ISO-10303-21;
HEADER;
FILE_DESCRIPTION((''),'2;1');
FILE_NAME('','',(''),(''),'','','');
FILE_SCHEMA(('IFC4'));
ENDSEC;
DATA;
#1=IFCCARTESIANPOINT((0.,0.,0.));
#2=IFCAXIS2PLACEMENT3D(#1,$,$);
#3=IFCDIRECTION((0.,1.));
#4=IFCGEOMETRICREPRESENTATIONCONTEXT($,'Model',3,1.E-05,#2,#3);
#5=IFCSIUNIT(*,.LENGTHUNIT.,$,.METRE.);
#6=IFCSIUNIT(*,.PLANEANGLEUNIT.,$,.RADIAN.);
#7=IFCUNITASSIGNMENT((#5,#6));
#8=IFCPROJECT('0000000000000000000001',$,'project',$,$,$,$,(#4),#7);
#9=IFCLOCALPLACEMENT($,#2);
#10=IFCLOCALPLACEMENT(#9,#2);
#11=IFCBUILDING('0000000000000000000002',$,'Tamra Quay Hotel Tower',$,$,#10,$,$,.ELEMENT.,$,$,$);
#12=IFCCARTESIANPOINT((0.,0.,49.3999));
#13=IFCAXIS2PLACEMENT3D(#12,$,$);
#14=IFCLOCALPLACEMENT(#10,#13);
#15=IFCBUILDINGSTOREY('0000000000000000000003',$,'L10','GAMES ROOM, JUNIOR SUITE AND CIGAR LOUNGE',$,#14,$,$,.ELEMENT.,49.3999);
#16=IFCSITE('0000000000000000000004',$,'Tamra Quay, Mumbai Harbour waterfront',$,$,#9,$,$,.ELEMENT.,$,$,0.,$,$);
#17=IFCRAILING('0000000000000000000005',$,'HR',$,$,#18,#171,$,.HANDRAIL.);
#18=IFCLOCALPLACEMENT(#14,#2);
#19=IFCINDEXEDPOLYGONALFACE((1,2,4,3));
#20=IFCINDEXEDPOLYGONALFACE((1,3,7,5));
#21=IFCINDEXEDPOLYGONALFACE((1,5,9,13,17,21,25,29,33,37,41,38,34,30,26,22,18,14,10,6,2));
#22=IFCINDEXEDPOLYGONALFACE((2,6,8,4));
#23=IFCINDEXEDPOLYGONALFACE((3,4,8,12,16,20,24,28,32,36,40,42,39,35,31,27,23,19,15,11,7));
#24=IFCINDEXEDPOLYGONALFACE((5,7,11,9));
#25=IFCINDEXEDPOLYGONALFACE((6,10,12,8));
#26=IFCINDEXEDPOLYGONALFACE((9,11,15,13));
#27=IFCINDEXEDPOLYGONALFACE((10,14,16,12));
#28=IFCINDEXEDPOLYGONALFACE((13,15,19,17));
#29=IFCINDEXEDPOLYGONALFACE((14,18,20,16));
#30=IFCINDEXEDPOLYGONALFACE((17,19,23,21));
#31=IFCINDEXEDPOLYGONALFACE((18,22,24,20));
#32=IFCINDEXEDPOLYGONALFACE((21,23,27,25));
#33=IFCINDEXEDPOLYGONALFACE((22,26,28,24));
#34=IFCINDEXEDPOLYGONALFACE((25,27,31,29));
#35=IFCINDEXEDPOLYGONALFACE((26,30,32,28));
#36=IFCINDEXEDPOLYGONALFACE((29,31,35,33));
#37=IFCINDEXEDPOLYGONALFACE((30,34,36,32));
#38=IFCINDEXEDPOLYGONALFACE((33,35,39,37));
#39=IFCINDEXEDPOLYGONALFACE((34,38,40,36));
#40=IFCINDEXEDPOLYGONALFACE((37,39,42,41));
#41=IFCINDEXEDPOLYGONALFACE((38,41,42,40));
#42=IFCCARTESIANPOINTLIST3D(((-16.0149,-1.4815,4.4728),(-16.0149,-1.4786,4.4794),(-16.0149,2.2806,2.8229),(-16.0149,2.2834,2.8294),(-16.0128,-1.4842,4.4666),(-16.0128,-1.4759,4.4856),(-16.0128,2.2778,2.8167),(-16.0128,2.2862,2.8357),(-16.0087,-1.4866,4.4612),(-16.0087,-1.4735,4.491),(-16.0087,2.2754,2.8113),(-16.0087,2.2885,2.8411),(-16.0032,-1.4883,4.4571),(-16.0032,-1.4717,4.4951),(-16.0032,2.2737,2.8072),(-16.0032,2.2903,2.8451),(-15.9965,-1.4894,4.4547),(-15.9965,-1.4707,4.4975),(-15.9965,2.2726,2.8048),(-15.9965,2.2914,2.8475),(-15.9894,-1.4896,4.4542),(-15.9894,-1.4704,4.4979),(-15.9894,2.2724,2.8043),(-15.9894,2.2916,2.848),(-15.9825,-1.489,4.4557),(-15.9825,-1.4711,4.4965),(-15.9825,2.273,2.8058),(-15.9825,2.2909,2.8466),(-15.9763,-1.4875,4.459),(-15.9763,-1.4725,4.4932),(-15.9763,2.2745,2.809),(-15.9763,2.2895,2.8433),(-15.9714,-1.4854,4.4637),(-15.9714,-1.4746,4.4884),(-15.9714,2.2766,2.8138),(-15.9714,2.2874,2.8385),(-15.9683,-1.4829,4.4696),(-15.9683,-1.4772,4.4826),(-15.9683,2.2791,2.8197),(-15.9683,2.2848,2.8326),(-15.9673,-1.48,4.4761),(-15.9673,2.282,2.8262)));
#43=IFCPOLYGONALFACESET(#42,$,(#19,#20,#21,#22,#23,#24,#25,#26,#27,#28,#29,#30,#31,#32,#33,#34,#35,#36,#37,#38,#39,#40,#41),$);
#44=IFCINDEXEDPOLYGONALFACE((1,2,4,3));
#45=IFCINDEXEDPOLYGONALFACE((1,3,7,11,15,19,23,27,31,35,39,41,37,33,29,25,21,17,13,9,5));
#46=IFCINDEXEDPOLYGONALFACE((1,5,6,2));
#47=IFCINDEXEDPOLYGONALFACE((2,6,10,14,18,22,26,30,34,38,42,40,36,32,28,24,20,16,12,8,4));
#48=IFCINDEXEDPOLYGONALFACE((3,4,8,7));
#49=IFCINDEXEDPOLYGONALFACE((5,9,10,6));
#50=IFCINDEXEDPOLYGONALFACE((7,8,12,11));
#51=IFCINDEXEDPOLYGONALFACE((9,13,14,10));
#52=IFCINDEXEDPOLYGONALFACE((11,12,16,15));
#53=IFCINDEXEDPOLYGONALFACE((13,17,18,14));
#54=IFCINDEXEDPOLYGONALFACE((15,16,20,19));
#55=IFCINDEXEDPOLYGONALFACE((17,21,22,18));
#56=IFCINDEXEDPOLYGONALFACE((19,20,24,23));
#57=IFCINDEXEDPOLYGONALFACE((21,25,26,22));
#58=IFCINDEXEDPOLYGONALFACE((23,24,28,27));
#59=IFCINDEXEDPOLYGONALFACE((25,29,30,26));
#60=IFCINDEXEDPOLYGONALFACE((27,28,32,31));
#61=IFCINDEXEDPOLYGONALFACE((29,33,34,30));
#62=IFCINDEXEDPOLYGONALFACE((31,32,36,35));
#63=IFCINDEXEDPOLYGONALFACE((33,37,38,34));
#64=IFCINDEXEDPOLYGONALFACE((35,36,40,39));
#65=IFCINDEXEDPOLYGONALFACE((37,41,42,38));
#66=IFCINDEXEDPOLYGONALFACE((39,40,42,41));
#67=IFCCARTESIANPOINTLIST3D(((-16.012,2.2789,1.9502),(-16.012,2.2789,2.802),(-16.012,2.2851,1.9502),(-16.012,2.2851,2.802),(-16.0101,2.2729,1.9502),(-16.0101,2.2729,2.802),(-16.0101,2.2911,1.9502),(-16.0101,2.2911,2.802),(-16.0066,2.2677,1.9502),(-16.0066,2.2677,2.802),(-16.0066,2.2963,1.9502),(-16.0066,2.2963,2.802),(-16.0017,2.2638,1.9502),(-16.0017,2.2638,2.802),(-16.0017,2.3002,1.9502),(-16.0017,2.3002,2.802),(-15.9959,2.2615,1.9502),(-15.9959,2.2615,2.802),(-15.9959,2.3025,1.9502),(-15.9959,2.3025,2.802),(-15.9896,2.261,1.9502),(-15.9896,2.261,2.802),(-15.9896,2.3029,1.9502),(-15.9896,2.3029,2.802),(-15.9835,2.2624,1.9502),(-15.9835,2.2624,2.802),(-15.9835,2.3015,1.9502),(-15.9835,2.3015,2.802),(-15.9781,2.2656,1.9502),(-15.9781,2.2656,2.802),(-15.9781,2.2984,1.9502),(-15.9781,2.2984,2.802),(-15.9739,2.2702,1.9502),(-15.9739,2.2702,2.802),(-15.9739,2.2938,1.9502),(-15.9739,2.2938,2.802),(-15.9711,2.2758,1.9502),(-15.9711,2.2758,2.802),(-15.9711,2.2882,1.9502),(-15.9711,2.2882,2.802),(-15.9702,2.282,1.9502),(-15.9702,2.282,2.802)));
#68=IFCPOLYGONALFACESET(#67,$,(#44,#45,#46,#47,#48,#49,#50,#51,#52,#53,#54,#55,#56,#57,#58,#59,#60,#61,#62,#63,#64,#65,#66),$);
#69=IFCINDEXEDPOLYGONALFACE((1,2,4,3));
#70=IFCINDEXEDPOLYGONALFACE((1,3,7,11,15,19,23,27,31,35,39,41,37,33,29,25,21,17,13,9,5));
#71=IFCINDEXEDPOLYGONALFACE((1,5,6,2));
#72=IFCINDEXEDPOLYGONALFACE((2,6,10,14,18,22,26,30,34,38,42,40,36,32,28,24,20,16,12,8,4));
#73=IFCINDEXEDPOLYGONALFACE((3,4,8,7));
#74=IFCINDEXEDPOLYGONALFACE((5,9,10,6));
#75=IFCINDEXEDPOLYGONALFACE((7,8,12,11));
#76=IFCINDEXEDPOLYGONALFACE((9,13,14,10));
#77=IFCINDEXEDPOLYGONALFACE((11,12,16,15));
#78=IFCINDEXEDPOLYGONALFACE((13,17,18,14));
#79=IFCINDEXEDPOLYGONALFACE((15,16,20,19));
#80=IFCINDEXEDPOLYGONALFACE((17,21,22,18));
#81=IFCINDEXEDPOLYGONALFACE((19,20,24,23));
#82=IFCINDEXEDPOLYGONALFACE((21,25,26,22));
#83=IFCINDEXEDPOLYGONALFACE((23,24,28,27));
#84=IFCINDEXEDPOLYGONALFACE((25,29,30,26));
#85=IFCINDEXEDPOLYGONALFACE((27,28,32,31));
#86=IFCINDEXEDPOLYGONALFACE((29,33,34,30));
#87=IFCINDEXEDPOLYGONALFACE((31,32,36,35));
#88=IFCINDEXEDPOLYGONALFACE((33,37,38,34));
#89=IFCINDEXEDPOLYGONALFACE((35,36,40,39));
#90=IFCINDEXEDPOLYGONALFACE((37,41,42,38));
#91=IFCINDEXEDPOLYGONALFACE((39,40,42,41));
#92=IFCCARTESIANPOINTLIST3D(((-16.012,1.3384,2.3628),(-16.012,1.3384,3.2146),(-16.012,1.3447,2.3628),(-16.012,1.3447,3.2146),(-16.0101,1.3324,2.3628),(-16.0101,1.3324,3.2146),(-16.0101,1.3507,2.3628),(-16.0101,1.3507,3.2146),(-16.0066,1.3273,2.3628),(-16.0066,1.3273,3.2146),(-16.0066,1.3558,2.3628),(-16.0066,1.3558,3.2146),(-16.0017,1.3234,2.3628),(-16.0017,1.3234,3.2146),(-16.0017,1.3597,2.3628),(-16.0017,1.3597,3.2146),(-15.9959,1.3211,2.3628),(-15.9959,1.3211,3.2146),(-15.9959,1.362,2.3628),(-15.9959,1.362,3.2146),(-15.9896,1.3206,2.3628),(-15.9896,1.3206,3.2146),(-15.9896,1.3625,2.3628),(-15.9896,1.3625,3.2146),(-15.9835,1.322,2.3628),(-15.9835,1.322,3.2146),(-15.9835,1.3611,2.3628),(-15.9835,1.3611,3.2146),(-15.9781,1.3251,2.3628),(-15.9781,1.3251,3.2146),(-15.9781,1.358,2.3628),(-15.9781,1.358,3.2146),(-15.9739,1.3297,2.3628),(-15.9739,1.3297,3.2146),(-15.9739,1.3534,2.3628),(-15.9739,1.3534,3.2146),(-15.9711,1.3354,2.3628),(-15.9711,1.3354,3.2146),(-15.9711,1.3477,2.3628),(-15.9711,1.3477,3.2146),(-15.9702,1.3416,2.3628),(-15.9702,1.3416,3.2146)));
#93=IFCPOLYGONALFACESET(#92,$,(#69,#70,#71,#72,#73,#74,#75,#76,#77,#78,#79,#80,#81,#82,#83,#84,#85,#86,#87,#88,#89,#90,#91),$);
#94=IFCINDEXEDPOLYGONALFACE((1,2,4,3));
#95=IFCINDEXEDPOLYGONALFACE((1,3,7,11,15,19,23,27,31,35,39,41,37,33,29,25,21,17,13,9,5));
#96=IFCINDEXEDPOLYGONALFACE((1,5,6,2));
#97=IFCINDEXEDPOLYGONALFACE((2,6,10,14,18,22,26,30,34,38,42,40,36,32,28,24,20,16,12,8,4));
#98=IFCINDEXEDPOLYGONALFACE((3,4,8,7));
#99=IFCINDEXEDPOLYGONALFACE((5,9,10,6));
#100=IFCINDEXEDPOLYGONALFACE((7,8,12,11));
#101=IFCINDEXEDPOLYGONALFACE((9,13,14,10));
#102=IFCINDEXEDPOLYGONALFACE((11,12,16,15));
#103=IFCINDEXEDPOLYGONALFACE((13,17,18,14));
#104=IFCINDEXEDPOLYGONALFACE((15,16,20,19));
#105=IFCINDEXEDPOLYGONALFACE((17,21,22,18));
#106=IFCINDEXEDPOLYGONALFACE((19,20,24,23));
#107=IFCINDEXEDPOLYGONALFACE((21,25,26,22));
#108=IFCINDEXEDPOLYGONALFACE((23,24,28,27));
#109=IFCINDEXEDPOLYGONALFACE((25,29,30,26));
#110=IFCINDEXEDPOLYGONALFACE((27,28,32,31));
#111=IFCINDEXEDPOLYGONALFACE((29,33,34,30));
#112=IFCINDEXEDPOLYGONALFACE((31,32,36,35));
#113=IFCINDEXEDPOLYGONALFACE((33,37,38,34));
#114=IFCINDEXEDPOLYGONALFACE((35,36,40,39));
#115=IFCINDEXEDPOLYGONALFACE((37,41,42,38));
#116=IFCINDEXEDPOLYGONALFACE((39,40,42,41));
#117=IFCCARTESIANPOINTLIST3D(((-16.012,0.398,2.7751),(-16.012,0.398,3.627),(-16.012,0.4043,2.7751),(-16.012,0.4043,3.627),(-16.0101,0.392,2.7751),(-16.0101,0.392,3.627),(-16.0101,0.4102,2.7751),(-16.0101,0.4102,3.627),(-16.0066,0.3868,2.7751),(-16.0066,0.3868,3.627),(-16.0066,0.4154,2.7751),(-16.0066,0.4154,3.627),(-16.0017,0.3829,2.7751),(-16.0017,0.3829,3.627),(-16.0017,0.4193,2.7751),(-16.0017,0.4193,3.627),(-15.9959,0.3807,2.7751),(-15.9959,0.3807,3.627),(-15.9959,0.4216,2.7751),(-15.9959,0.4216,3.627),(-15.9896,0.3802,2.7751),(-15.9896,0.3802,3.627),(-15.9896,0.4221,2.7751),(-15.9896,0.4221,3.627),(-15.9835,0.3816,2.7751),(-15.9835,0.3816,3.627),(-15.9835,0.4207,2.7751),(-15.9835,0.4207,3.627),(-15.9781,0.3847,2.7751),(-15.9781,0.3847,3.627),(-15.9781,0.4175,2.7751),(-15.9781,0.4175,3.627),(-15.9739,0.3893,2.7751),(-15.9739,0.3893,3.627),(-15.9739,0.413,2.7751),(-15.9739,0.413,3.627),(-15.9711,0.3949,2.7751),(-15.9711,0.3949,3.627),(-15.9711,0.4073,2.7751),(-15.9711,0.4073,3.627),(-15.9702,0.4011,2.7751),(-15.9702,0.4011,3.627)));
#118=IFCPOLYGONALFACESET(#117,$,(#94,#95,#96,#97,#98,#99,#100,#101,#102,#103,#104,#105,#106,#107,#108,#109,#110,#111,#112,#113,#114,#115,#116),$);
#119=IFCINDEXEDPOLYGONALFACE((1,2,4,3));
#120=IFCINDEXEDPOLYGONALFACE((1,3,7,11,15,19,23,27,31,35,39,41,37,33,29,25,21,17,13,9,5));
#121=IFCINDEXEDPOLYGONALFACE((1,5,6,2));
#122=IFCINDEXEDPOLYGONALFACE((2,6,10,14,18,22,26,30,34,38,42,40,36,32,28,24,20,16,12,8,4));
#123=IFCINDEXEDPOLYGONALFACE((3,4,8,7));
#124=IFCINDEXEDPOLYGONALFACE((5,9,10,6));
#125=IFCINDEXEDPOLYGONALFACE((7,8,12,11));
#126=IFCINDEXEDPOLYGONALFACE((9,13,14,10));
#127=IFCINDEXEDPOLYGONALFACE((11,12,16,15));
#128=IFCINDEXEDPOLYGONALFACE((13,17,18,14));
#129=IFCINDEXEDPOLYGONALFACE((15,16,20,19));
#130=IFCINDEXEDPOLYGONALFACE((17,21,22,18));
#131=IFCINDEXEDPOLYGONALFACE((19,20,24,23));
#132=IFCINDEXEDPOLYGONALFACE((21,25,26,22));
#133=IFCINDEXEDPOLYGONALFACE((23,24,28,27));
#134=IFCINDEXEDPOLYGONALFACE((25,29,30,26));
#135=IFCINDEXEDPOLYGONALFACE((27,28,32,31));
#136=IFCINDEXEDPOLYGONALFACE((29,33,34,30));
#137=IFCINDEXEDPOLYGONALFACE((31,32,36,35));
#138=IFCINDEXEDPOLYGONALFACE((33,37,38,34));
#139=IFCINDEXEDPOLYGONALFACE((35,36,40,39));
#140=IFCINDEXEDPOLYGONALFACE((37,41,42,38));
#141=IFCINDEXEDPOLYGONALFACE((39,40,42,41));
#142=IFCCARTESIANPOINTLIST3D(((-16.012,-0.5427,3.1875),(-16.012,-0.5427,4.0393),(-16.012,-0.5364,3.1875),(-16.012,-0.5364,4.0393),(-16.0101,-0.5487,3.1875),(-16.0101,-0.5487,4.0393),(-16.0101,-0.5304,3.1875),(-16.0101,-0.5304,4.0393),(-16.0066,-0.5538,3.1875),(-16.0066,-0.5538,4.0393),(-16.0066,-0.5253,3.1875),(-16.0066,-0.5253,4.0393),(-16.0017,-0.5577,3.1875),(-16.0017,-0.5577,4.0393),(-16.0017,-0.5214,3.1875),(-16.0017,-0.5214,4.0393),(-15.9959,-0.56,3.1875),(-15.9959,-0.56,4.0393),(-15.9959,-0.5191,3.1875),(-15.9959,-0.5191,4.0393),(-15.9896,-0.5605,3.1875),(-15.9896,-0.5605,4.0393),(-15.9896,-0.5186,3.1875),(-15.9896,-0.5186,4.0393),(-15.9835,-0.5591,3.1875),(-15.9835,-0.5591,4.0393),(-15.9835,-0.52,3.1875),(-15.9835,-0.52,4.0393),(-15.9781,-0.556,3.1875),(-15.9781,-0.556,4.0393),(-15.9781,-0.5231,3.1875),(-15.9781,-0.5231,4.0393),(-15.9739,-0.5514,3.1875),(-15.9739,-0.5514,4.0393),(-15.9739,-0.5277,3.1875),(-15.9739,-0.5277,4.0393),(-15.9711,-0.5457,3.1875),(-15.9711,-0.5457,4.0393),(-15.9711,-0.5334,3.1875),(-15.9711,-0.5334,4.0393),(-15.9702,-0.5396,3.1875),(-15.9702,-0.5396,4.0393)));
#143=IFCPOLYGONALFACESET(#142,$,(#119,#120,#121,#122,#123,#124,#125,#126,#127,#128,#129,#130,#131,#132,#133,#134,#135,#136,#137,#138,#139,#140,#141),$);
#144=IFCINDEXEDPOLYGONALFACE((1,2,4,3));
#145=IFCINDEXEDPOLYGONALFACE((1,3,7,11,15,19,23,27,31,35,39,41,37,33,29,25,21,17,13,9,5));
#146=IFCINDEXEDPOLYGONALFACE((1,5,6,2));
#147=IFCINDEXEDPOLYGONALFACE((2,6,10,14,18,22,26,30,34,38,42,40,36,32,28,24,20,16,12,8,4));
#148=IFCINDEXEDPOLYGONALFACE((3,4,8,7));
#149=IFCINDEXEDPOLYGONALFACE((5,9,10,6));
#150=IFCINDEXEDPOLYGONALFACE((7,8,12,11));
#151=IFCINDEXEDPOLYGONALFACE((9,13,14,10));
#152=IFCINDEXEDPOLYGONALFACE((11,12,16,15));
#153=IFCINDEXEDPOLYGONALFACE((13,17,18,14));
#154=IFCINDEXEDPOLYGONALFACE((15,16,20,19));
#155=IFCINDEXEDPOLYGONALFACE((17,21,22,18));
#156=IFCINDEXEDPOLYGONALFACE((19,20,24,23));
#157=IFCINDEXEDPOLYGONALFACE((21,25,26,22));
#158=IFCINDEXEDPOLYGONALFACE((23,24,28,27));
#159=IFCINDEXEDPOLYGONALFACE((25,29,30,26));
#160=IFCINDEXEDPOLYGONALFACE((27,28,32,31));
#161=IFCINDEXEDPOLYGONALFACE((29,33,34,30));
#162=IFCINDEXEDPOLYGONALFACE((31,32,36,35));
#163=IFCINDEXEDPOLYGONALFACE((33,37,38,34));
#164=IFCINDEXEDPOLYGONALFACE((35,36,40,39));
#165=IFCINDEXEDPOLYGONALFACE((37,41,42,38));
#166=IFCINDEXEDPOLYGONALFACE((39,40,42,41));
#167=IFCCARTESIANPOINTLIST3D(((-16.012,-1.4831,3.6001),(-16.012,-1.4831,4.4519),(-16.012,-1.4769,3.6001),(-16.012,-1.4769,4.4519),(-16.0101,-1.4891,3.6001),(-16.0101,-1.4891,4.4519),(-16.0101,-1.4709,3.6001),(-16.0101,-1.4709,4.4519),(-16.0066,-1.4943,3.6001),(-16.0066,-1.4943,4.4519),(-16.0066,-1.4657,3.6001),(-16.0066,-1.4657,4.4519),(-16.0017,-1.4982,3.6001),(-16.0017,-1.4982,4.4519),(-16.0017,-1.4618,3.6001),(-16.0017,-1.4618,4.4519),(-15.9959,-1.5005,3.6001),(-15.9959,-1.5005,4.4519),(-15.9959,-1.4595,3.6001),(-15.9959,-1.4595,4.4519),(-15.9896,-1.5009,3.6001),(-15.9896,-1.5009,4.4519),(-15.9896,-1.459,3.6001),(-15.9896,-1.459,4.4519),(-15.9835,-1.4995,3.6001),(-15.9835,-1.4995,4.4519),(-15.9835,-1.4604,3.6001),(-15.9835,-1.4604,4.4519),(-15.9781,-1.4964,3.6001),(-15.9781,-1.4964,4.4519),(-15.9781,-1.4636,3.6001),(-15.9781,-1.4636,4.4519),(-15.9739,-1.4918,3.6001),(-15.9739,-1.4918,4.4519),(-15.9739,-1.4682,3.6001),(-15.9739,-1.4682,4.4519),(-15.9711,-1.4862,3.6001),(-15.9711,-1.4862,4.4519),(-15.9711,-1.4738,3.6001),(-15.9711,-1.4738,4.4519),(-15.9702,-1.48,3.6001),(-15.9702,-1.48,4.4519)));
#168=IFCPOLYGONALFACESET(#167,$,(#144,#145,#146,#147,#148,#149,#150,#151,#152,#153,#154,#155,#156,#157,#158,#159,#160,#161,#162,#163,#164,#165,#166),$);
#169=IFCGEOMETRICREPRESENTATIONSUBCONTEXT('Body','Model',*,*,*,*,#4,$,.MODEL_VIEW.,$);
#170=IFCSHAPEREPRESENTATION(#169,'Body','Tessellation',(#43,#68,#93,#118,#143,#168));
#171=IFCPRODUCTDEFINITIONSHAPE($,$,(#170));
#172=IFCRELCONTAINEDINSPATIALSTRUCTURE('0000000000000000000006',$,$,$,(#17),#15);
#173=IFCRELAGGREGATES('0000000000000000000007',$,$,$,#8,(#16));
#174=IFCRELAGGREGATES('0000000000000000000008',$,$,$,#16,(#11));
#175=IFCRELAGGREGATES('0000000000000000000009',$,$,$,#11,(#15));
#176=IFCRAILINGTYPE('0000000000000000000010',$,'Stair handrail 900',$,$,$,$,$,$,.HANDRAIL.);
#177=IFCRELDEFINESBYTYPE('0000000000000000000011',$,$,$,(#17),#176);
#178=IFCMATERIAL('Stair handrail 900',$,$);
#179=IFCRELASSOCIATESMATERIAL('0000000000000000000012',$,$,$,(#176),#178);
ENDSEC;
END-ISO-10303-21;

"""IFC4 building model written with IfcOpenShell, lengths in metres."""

from ifc_helpers import new_model, si_unit, direction, frame, origin, origin_2d, place, context, subcontext, project, spatial, circle, extrude, material, type_object, element, save


model = new_model("IFC4")

# Units and contexts
model_context = context("Model", 3, precision=1e-05, world=origin(), true_north=direction((0.0, 1.0)))
body_context = subcontext(model_context, "Body", "Model", "MODEL_VIEW")
ifc_project = project(units=[si_unit("LENGTHUNIT", "METRE"), si_unit("PLANEANGLEUNIT", "RADIAN")], contexts=[model_context])

# Site, building, storey
site_placement = place(None, origin())
site = spatial("IfcSite", under=ifc_project, at=site_placement, Name="Tamra Quay, Mumbai Harbour waterfront", CompositionType="ELEMENT", RefElevation=0.0)
building_placement = place(site_placement, origin())
building = spatial("IfcBuilding", under=site, at=building_placement, Name="Tamra Quay Hotel Tower", CompositionType="ELEMENT")
storey_placement = place(building_placement, frame((0.0, 0.0, 49.3999)))
storey = spatial("IfcBuildingStorey", under=building, at=storey_placement, Name="L10", Description="GAMES ROOM, JUNIOR SUITE AND CIGAR LOUNGE", CompositionType="ELEMENT", Elevation=49.3999)

# Railing
ifc_material_1 = material(Name="Stair handrail 900")
railing_type = type_object("IfcRailingType", Name="Stair handrail 900", PredefinedType="HANDRAIL", material=ifc_material_1)
railing_1_placement = place(storey_placement, frame((-15.9912, 2.282, 1.9502)))
element("IfcRailing", 1, at=railing_1_placement, inside=storey, type_object=railing_type, Name="HR", PredefinedType="HANDRAIL", context=body_context, shape_type="SweptSolid", body=[
    extrude(circle(Radius=0.0239, at=origin_2d()), frame((0.0, 0.0, 0.876), z_axis=(0.0, -0.915795, 0.401645), x_axis=(1.0, 0.0, 0.0)), (0.0, 0.0, 1.0), 4.1079),
    extrude(circle(Radius=0.021, at=origin_2d()), origin(), (0.0, 0.0, 1.0), 0.8518),
    extrude(circle(Radius=0.021, at=origin_2d()), frame((0.0, -0.9404, 0.4126)), (0.0, 0.0, 1.0), 0.8518),
    extrude(circle(Radius=0.021, at=origin_2d()), frame((0.0, -1.8809, 0.825)), (0.0, 0.0, 1.0), 0.8518),
    extrude(circle(Radius=0.021, at=origin_2d()), frame((0.0, -2.8215, 1.2373)), (0.0, 0.0, 1.0), 0.8518),
    extrude(circle(Radius=0.021, at=origin_2d()), frame((0.0, -3.762, 1.6499)), (0.0, 0.0, 1.0), 0.8518),
])

save(model, "model.ifc")
